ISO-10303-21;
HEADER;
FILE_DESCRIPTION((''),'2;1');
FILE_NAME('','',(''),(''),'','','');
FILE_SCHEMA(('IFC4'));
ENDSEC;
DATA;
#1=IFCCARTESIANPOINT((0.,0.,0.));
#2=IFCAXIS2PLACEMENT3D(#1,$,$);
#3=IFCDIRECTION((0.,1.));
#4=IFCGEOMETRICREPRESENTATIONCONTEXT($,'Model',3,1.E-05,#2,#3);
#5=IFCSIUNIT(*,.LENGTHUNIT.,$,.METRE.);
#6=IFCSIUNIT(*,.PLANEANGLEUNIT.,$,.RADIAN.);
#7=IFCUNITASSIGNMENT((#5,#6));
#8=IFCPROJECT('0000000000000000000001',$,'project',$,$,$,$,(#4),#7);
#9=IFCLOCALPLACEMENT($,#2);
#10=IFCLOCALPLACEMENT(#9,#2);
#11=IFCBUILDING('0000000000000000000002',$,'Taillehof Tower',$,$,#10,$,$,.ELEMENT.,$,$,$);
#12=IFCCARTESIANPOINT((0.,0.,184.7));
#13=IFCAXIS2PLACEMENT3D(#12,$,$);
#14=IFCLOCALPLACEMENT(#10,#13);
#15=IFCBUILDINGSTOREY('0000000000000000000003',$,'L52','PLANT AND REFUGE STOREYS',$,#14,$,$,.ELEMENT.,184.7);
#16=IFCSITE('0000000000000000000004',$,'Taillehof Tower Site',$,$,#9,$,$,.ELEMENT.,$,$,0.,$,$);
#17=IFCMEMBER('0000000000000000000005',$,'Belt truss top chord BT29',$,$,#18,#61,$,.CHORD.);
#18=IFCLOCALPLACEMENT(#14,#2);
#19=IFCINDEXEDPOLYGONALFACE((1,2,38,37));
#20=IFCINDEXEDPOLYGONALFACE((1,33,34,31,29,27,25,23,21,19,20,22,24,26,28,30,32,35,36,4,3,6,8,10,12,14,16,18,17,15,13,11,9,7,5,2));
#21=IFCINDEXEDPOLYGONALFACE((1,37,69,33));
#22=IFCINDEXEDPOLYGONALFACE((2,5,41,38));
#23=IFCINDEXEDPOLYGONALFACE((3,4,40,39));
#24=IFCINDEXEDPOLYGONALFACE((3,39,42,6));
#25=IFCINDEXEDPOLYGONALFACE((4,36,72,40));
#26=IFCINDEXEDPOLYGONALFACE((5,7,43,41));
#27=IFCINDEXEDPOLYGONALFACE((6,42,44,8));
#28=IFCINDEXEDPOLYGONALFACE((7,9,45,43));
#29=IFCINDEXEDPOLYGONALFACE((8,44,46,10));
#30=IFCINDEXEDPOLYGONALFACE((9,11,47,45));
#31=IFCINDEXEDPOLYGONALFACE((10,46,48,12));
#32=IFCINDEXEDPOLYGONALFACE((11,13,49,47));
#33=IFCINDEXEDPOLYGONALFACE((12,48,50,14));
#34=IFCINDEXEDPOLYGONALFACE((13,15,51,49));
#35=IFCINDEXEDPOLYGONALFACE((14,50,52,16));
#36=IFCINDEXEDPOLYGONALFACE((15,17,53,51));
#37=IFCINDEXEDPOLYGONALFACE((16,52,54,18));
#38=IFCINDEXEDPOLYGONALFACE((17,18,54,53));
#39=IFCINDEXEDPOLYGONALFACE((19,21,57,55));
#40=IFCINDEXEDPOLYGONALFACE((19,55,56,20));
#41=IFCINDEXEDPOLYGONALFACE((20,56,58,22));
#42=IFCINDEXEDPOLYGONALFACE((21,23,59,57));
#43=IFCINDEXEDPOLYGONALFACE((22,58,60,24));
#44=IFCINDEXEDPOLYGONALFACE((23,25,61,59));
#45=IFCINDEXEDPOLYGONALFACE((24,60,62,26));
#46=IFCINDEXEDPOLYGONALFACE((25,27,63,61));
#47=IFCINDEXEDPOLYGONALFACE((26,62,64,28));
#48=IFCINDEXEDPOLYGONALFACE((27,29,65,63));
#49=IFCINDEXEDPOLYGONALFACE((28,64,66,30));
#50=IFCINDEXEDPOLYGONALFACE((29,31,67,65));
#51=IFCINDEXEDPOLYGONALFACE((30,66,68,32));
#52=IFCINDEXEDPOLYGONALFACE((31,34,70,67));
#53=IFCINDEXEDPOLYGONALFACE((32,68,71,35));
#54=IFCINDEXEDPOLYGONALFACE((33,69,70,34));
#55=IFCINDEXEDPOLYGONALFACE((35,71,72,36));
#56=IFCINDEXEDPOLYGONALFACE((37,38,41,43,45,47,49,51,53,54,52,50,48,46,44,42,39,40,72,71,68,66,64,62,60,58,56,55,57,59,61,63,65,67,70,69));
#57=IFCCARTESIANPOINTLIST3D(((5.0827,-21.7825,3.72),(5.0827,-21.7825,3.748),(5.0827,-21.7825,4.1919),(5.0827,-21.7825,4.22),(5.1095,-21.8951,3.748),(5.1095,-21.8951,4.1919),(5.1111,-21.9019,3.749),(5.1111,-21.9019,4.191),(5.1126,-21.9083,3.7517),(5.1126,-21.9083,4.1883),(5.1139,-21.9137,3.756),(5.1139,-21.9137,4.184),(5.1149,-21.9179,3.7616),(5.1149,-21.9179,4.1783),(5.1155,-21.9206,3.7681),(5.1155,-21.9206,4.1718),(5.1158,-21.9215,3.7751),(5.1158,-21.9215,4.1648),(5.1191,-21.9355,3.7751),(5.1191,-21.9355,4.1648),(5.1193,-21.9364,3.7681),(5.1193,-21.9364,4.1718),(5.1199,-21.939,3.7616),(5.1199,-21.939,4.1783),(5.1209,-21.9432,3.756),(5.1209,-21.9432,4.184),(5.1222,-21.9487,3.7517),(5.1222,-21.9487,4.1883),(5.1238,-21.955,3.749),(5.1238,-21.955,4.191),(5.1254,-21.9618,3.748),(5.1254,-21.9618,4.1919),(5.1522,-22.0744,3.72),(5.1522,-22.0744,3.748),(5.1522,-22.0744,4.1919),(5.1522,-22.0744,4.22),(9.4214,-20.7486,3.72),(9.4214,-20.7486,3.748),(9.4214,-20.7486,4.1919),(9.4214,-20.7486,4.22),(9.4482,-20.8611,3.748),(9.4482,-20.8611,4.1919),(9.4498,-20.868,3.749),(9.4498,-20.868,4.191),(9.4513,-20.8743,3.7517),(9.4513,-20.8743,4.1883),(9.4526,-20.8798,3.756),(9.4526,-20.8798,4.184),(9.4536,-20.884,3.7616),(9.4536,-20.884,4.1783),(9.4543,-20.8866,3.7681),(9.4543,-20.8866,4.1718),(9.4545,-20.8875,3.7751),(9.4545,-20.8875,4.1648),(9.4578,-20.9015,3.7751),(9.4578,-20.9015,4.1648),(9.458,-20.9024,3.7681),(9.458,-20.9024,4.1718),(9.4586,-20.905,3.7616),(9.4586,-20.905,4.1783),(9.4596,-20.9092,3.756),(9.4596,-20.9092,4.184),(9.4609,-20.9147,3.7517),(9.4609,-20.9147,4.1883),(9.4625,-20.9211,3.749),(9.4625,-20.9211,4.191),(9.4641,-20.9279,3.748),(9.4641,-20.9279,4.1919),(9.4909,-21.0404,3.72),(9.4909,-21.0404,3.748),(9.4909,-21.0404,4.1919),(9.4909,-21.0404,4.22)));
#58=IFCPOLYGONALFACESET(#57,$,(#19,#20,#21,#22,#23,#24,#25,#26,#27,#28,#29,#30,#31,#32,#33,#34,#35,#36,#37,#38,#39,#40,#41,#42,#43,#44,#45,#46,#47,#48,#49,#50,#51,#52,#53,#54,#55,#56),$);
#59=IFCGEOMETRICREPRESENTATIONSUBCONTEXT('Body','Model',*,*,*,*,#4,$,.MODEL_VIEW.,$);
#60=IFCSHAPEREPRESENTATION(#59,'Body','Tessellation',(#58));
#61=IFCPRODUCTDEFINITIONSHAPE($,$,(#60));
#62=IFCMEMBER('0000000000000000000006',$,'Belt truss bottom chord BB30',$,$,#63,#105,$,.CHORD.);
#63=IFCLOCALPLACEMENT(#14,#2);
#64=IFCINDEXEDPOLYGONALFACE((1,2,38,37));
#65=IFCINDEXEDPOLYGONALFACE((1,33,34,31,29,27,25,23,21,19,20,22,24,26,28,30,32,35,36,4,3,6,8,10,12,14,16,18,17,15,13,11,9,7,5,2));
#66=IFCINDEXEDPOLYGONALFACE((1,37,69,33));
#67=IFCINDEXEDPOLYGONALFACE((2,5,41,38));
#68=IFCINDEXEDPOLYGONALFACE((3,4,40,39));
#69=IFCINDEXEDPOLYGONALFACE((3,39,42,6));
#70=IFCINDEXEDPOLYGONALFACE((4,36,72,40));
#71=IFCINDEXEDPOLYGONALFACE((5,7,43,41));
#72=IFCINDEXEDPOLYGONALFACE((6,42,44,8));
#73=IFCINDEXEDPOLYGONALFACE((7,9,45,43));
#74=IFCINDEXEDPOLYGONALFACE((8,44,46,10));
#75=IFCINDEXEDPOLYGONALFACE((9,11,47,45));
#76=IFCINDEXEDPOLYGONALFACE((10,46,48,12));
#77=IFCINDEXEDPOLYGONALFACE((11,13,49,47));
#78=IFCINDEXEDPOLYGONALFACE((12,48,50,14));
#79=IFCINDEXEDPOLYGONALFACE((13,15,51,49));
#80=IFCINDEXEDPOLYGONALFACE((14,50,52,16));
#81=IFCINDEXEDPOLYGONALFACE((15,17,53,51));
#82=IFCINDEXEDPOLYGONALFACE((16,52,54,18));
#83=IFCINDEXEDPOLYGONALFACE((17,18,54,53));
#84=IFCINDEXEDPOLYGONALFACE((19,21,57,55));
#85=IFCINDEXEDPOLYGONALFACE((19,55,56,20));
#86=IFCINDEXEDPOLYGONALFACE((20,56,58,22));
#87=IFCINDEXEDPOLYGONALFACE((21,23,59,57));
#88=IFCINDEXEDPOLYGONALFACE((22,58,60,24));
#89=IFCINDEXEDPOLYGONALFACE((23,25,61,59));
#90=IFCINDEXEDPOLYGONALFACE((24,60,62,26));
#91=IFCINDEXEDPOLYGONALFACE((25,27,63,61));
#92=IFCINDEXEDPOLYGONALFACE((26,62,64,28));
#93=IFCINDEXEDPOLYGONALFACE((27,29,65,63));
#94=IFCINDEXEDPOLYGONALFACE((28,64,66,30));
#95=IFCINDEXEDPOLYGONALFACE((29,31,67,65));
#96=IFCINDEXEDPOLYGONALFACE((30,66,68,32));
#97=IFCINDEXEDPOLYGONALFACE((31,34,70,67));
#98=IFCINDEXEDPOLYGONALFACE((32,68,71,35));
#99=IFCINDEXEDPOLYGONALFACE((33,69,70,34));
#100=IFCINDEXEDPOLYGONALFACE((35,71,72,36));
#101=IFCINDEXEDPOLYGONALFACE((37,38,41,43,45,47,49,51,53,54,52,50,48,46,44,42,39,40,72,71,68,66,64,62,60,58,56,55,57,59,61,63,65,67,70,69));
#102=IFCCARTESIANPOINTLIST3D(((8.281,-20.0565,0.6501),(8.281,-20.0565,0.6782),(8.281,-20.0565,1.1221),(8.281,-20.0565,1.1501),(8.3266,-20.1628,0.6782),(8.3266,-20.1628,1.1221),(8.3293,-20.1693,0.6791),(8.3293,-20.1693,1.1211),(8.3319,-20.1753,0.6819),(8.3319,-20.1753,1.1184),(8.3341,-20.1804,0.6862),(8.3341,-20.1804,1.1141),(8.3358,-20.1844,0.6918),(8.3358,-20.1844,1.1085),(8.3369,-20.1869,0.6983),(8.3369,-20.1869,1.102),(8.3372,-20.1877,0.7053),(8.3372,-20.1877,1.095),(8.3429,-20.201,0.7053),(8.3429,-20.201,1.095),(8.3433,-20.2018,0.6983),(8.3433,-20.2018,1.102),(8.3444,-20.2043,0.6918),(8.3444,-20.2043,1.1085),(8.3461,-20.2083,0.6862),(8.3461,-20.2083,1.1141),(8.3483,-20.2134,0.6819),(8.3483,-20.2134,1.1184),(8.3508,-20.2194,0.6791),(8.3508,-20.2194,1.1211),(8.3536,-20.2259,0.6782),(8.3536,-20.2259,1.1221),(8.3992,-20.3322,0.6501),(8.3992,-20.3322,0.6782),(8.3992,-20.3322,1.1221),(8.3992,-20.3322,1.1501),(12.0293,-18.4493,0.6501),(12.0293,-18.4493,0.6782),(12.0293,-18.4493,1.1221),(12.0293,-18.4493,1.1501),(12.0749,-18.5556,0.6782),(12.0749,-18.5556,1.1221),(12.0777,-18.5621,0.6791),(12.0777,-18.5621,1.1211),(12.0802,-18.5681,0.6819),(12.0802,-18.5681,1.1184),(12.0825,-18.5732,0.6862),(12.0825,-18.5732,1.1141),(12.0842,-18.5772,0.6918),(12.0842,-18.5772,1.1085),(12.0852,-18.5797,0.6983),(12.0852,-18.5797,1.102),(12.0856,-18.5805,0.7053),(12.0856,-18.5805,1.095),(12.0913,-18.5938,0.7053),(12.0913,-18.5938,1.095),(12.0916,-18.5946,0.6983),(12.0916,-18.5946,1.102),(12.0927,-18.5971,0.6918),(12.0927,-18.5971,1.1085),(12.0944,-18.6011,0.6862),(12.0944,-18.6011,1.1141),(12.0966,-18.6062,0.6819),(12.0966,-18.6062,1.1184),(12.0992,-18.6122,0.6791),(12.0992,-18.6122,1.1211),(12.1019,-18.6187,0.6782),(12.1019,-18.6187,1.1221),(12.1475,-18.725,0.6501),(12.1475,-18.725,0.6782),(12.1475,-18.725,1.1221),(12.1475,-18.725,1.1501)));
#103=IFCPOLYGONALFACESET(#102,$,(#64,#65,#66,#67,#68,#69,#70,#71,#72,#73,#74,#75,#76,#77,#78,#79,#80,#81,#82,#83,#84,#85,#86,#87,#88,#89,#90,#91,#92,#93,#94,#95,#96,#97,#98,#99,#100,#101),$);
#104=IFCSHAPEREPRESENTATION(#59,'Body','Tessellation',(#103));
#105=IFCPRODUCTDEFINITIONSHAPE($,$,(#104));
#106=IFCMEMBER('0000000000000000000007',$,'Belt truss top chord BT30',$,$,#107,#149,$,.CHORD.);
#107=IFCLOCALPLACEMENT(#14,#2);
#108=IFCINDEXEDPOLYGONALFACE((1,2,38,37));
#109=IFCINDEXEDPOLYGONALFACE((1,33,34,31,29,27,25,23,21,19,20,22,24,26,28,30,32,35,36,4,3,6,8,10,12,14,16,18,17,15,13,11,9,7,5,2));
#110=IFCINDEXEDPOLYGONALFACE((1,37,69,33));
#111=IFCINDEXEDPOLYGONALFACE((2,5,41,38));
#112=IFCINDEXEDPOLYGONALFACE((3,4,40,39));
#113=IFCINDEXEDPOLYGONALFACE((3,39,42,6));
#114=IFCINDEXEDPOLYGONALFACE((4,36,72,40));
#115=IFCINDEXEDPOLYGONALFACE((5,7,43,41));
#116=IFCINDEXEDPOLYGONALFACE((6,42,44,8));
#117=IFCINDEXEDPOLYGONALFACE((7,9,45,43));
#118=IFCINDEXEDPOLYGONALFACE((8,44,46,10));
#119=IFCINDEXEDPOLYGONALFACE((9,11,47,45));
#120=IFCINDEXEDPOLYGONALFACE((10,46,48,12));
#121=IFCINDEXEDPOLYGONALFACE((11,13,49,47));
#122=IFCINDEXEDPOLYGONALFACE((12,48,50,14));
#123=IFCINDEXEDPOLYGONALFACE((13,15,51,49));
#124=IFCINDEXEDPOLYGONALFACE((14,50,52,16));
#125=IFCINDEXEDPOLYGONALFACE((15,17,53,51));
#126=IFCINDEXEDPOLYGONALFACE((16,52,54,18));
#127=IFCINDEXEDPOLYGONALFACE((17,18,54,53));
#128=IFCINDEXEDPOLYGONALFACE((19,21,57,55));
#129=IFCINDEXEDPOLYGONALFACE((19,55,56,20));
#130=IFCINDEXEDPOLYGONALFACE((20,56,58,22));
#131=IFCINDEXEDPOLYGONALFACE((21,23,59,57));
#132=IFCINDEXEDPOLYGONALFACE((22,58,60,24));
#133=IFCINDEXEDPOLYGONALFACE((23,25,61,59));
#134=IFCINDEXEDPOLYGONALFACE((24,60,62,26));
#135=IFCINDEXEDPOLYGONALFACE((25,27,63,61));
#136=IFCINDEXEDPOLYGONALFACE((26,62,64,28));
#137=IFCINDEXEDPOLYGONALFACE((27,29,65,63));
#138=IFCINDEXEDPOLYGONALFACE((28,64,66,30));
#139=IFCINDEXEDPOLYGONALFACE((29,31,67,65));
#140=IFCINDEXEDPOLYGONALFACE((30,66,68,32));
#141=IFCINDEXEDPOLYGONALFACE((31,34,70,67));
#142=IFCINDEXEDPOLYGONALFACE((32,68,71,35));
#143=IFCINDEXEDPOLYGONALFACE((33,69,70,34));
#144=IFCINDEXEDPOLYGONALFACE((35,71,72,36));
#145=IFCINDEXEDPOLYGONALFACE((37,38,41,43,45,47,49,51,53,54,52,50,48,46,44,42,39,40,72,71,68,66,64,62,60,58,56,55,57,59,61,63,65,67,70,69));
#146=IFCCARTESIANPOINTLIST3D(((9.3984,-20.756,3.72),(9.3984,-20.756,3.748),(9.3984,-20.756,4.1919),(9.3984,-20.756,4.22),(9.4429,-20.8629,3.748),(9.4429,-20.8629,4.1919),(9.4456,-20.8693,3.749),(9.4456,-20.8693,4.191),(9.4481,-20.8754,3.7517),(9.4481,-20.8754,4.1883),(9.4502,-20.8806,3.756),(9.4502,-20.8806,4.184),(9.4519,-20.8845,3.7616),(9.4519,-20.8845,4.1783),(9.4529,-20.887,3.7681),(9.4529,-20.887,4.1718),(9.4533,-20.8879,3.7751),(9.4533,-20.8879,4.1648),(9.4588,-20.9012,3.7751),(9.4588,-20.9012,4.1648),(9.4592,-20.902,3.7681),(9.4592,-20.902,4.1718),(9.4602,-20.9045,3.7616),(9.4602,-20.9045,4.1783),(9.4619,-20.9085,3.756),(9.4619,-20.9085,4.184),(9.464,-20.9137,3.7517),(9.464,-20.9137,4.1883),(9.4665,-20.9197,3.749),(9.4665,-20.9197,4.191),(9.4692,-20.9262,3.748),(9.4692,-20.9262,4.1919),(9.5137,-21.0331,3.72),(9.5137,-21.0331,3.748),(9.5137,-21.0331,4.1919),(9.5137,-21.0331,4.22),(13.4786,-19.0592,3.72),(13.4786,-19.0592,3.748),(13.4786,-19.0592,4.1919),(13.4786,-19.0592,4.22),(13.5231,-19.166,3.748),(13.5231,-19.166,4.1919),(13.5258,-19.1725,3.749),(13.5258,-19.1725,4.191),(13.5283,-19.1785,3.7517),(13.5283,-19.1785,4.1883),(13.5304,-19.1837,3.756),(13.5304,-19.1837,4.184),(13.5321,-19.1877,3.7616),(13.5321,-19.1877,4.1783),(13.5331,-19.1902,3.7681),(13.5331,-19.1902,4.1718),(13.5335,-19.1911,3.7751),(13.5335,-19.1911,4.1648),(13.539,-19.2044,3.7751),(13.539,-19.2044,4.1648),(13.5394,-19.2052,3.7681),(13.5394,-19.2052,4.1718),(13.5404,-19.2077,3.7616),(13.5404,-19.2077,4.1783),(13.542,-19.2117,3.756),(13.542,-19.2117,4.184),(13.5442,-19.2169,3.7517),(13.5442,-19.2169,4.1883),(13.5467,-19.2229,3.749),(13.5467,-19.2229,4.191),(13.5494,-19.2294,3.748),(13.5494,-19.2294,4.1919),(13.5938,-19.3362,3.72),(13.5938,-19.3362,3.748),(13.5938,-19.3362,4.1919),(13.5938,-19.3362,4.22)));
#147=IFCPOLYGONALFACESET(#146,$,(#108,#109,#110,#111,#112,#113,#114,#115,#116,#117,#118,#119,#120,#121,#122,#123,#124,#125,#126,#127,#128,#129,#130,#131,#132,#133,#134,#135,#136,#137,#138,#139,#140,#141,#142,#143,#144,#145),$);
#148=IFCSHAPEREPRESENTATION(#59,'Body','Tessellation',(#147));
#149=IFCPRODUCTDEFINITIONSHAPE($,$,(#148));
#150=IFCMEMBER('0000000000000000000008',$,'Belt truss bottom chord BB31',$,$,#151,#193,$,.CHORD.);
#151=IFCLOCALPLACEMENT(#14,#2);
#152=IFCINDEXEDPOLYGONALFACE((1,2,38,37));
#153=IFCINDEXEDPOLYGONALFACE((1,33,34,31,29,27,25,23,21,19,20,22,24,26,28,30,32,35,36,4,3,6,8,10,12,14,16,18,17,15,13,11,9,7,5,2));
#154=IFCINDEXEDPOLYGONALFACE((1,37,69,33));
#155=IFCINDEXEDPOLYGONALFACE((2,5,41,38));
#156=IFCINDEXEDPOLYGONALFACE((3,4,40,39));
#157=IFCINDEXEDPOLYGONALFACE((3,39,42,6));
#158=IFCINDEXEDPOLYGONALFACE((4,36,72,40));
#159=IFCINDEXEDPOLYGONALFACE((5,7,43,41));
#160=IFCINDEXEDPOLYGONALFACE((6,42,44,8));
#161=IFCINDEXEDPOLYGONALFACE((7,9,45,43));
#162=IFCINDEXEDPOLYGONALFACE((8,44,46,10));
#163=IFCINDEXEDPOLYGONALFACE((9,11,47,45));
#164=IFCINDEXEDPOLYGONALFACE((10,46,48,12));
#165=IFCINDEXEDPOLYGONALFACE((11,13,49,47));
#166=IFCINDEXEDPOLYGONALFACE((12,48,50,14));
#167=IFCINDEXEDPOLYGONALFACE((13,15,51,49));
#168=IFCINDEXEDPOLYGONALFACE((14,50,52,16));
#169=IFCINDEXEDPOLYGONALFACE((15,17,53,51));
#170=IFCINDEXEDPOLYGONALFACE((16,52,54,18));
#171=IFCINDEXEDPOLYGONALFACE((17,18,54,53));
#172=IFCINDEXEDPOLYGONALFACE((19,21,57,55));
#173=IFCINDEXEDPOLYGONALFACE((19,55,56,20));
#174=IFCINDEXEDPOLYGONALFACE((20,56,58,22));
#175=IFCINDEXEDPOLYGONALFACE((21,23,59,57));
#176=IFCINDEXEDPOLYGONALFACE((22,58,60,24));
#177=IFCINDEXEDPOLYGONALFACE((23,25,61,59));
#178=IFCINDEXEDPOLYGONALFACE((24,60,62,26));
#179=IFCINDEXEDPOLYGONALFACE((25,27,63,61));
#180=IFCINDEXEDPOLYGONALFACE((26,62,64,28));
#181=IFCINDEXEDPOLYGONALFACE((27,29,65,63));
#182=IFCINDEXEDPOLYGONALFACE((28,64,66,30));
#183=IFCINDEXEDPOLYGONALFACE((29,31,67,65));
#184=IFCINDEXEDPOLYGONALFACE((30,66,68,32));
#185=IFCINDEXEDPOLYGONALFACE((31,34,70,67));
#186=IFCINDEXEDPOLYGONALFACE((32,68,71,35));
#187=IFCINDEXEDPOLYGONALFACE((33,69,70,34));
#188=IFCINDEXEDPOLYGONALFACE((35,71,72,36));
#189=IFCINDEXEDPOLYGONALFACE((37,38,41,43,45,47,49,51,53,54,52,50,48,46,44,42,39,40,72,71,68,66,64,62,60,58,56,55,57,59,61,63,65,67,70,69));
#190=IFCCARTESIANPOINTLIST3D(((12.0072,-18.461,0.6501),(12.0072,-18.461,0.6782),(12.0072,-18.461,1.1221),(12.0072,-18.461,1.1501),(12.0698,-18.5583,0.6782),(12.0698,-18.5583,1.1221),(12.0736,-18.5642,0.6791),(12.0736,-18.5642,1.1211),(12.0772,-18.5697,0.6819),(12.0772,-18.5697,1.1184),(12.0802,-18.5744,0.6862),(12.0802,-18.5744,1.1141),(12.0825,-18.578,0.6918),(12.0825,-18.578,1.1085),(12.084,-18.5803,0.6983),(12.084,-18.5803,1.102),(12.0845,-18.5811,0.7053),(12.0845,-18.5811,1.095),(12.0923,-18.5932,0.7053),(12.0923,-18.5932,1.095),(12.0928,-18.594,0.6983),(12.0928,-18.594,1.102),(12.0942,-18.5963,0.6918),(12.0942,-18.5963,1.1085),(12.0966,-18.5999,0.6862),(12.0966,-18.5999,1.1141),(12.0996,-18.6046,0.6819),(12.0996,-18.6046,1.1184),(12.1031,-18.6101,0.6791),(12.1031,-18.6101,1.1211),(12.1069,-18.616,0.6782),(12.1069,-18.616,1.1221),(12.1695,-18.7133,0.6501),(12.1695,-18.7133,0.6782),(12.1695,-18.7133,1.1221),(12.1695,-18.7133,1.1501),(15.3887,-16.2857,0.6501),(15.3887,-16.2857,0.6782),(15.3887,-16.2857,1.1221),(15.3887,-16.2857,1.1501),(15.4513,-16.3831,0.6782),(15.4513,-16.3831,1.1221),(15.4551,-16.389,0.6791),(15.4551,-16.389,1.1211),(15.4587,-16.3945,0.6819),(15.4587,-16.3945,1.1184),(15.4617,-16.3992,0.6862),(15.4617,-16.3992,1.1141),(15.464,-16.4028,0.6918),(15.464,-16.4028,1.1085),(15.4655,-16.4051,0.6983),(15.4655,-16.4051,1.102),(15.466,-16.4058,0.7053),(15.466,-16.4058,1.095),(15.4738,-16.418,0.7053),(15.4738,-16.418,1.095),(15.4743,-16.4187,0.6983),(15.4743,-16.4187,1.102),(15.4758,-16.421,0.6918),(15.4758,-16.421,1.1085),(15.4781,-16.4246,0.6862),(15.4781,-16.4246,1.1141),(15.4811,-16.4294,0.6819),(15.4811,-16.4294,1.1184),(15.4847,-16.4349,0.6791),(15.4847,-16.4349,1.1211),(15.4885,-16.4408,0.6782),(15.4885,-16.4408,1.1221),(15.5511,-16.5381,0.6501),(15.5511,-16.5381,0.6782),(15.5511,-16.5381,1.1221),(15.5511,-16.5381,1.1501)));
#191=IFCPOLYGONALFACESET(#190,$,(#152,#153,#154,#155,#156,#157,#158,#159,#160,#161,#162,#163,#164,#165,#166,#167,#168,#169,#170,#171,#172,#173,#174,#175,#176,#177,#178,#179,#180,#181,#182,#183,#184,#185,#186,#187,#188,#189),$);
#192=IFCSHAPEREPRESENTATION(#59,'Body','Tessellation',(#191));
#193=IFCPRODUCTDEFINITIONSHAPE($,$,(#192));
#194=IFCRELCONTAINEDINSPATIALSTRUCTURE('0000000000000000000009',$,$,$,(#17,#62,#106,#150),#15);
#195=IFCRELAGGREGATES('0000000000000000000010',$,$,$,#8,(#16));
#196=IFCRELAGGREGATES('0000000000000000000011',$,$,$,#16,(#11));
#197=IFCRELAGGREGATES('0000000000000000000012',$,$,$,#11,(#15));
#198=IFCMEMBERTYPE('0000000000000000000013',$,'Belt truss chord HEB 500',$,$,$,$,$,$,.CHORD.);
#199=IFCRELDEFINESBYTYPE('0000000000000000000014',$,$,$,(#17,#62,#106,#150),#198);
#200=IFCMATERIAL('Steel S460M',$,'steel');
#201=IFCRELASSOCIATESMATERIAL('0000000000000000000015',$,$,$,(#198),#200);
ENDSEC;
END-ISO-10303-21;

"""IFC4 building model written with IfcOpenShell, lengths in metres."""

from ifc_helpers import new_model, si_unit, direction, frame, origin, origin_2d, place, context, subcontext, project, spatial, i_section, extrude, material, material_profile, profile_set, type_object, element, save


model = new_model("IFC4")

# Units and contexts
model_context = context("Model", 3, precision=1e-05, world=origin(), true_north=direction((0.0, 1.0)))
body_context = subcontext(model_context, "Body", "Model", "MODEL_VIEW")
ifc_project = project(units=[si_unit("LENGTHUNIT", "METRE"), si_unit("PLANEANGLEUNIT", "RADIAN")], contexts=[model_context])

# Site, building, storey
site_placement = place(None, origin())
site = spatial("IfcSite", under=ifc_project, at=site_placement, Name="Taillehof Tower Site", CompositionType="ELEMENT", RefElevation=0.0)
building_placement = place(site_placement, origin())
building = spatial("IfcBuilding", under=site, at=building_placement, Name="Taillehof Tower", CompositionType="ELEMENT")
storey_placement = place(building_placement, frame((0.0, 0.0, 184.7)))
storey = spatial("IfcBuildingStorey", under=building, at=storey_placement, Name="L52", Description="PLANT AND REFUGE STOREYS", CompositionType="ELEMENT", Elevation=184.7)

# Members
ifc_material_1 = material(Name="Steel S460M", Category="steel")
ifc_material_profile_1 = material_profile(ifc_material_1, i_section(OverallWidth=0.3, OverallDepth=0.5, WebThickness=0.0144, FlangeThickness=0.0281, FilletRadius=0.0271, at=origin_2d()), Name="HEB 500")
ifc_profile_set_1 = profile_set([ifc_material_profile_1], Name="Steel S460M")
member_type_1 = type_object("IfcMemberType", Name="Belt truss chord HEB 500", PredefinedType="CHORD", material=ifc_profile_set_1)
member_1_placement = place(storey_placement, frame((5.1174, -21.9285, 3.97), z_axis=(0.972759, 0.231818, 0.0), x_axis=(-0.231818, 0.972759, 0.0)))
element("IfcMember", 1, at=member_1_placement, inside=storey, type_object=member_type_1, Name="Belt truss top chord BT29", PredefinedType="CHORD", context=body_context, shape_type="SweptSolid", body=[
    extrude(i_section(OverallWidth=0.3, OverallDepth=0.5, WebThickness=0.0144, FlangeThickness=0.0281, FilletRadius=0.0271, at=origin_2d()), origin(), (0.0, 0.0, 1.0), 4.4602),
])
member_2_placement = place(storey_placement, frame((8.3401, -20.1943, 0.9001), z_axis=(0.919077, 0.394078, 0.0), x_axis=(-0.394078, 0.919077, 0.0)))
element("IfcMember", 2, at=member_2_placement, inside=storey, type_object=member_type_1, Name="Belt truss bottom chord BB30", PredefinedType="CHORD", context=body_context, shape_type="SweptSolid", body=[
    extrude(i_section(OverallWidth=0.3, OverallDepth=0.5, WebThickness=0.0144, FlangeThickness=0.0281, FilletRadius=0.0271, at=origin_2d()), origin(), (0.0, 0.0, 1.0), 4.0784),
])
member_3_placement = place(storey_placement, frame((9.4561, -20.8945, 3.97), z_axis=(0.923338, 0.383988, 0.0), x_axis=(-0.383988, 0.923338, 0.0)))
element("IfcMember", 3, at=member_3_placement, inside=storey, type_object=member_type_1, Name="Belt truss top chord BT30", PredefinedType="CHORD", context=body_context, shape_type="SweptSolid", body=[
    extrude(i_section(OverallWidth=0.3, OverallDepth=0.5, WebThickness=0.0144, FlangeThickness=0.0281, FilletRadius=0.0271, at=origin_2d()), origin(), (0.0, 0.0, 1.0), 4.4189),
])
member_4_placement = place(storey_placement, frame((12.0884, -18.5872, 0.9001), z_axis=(0.841019, 0.541006, 0.0), x_axis=(-0.541006, 0.841019, 0.0)))
element("IfcMember", 4, at=member_4_placement, inside=storey, type_object=member_type_1, Name="Belt truss bottom chord BB31", PredefinedType="CHORD", context=body_context, shape_type="SweptSolid", body=[
    extrude(i_section(OverallWidth=0.3, OverallDepth=0.5, WebThickness=0.0144, FlangeThickness=0.0281, FilletRadius=0.0271, at=origin_2d()), origin(), (0.0, 0.0, 1.0), 4.0208),
])

save(model, "model.ifc")
